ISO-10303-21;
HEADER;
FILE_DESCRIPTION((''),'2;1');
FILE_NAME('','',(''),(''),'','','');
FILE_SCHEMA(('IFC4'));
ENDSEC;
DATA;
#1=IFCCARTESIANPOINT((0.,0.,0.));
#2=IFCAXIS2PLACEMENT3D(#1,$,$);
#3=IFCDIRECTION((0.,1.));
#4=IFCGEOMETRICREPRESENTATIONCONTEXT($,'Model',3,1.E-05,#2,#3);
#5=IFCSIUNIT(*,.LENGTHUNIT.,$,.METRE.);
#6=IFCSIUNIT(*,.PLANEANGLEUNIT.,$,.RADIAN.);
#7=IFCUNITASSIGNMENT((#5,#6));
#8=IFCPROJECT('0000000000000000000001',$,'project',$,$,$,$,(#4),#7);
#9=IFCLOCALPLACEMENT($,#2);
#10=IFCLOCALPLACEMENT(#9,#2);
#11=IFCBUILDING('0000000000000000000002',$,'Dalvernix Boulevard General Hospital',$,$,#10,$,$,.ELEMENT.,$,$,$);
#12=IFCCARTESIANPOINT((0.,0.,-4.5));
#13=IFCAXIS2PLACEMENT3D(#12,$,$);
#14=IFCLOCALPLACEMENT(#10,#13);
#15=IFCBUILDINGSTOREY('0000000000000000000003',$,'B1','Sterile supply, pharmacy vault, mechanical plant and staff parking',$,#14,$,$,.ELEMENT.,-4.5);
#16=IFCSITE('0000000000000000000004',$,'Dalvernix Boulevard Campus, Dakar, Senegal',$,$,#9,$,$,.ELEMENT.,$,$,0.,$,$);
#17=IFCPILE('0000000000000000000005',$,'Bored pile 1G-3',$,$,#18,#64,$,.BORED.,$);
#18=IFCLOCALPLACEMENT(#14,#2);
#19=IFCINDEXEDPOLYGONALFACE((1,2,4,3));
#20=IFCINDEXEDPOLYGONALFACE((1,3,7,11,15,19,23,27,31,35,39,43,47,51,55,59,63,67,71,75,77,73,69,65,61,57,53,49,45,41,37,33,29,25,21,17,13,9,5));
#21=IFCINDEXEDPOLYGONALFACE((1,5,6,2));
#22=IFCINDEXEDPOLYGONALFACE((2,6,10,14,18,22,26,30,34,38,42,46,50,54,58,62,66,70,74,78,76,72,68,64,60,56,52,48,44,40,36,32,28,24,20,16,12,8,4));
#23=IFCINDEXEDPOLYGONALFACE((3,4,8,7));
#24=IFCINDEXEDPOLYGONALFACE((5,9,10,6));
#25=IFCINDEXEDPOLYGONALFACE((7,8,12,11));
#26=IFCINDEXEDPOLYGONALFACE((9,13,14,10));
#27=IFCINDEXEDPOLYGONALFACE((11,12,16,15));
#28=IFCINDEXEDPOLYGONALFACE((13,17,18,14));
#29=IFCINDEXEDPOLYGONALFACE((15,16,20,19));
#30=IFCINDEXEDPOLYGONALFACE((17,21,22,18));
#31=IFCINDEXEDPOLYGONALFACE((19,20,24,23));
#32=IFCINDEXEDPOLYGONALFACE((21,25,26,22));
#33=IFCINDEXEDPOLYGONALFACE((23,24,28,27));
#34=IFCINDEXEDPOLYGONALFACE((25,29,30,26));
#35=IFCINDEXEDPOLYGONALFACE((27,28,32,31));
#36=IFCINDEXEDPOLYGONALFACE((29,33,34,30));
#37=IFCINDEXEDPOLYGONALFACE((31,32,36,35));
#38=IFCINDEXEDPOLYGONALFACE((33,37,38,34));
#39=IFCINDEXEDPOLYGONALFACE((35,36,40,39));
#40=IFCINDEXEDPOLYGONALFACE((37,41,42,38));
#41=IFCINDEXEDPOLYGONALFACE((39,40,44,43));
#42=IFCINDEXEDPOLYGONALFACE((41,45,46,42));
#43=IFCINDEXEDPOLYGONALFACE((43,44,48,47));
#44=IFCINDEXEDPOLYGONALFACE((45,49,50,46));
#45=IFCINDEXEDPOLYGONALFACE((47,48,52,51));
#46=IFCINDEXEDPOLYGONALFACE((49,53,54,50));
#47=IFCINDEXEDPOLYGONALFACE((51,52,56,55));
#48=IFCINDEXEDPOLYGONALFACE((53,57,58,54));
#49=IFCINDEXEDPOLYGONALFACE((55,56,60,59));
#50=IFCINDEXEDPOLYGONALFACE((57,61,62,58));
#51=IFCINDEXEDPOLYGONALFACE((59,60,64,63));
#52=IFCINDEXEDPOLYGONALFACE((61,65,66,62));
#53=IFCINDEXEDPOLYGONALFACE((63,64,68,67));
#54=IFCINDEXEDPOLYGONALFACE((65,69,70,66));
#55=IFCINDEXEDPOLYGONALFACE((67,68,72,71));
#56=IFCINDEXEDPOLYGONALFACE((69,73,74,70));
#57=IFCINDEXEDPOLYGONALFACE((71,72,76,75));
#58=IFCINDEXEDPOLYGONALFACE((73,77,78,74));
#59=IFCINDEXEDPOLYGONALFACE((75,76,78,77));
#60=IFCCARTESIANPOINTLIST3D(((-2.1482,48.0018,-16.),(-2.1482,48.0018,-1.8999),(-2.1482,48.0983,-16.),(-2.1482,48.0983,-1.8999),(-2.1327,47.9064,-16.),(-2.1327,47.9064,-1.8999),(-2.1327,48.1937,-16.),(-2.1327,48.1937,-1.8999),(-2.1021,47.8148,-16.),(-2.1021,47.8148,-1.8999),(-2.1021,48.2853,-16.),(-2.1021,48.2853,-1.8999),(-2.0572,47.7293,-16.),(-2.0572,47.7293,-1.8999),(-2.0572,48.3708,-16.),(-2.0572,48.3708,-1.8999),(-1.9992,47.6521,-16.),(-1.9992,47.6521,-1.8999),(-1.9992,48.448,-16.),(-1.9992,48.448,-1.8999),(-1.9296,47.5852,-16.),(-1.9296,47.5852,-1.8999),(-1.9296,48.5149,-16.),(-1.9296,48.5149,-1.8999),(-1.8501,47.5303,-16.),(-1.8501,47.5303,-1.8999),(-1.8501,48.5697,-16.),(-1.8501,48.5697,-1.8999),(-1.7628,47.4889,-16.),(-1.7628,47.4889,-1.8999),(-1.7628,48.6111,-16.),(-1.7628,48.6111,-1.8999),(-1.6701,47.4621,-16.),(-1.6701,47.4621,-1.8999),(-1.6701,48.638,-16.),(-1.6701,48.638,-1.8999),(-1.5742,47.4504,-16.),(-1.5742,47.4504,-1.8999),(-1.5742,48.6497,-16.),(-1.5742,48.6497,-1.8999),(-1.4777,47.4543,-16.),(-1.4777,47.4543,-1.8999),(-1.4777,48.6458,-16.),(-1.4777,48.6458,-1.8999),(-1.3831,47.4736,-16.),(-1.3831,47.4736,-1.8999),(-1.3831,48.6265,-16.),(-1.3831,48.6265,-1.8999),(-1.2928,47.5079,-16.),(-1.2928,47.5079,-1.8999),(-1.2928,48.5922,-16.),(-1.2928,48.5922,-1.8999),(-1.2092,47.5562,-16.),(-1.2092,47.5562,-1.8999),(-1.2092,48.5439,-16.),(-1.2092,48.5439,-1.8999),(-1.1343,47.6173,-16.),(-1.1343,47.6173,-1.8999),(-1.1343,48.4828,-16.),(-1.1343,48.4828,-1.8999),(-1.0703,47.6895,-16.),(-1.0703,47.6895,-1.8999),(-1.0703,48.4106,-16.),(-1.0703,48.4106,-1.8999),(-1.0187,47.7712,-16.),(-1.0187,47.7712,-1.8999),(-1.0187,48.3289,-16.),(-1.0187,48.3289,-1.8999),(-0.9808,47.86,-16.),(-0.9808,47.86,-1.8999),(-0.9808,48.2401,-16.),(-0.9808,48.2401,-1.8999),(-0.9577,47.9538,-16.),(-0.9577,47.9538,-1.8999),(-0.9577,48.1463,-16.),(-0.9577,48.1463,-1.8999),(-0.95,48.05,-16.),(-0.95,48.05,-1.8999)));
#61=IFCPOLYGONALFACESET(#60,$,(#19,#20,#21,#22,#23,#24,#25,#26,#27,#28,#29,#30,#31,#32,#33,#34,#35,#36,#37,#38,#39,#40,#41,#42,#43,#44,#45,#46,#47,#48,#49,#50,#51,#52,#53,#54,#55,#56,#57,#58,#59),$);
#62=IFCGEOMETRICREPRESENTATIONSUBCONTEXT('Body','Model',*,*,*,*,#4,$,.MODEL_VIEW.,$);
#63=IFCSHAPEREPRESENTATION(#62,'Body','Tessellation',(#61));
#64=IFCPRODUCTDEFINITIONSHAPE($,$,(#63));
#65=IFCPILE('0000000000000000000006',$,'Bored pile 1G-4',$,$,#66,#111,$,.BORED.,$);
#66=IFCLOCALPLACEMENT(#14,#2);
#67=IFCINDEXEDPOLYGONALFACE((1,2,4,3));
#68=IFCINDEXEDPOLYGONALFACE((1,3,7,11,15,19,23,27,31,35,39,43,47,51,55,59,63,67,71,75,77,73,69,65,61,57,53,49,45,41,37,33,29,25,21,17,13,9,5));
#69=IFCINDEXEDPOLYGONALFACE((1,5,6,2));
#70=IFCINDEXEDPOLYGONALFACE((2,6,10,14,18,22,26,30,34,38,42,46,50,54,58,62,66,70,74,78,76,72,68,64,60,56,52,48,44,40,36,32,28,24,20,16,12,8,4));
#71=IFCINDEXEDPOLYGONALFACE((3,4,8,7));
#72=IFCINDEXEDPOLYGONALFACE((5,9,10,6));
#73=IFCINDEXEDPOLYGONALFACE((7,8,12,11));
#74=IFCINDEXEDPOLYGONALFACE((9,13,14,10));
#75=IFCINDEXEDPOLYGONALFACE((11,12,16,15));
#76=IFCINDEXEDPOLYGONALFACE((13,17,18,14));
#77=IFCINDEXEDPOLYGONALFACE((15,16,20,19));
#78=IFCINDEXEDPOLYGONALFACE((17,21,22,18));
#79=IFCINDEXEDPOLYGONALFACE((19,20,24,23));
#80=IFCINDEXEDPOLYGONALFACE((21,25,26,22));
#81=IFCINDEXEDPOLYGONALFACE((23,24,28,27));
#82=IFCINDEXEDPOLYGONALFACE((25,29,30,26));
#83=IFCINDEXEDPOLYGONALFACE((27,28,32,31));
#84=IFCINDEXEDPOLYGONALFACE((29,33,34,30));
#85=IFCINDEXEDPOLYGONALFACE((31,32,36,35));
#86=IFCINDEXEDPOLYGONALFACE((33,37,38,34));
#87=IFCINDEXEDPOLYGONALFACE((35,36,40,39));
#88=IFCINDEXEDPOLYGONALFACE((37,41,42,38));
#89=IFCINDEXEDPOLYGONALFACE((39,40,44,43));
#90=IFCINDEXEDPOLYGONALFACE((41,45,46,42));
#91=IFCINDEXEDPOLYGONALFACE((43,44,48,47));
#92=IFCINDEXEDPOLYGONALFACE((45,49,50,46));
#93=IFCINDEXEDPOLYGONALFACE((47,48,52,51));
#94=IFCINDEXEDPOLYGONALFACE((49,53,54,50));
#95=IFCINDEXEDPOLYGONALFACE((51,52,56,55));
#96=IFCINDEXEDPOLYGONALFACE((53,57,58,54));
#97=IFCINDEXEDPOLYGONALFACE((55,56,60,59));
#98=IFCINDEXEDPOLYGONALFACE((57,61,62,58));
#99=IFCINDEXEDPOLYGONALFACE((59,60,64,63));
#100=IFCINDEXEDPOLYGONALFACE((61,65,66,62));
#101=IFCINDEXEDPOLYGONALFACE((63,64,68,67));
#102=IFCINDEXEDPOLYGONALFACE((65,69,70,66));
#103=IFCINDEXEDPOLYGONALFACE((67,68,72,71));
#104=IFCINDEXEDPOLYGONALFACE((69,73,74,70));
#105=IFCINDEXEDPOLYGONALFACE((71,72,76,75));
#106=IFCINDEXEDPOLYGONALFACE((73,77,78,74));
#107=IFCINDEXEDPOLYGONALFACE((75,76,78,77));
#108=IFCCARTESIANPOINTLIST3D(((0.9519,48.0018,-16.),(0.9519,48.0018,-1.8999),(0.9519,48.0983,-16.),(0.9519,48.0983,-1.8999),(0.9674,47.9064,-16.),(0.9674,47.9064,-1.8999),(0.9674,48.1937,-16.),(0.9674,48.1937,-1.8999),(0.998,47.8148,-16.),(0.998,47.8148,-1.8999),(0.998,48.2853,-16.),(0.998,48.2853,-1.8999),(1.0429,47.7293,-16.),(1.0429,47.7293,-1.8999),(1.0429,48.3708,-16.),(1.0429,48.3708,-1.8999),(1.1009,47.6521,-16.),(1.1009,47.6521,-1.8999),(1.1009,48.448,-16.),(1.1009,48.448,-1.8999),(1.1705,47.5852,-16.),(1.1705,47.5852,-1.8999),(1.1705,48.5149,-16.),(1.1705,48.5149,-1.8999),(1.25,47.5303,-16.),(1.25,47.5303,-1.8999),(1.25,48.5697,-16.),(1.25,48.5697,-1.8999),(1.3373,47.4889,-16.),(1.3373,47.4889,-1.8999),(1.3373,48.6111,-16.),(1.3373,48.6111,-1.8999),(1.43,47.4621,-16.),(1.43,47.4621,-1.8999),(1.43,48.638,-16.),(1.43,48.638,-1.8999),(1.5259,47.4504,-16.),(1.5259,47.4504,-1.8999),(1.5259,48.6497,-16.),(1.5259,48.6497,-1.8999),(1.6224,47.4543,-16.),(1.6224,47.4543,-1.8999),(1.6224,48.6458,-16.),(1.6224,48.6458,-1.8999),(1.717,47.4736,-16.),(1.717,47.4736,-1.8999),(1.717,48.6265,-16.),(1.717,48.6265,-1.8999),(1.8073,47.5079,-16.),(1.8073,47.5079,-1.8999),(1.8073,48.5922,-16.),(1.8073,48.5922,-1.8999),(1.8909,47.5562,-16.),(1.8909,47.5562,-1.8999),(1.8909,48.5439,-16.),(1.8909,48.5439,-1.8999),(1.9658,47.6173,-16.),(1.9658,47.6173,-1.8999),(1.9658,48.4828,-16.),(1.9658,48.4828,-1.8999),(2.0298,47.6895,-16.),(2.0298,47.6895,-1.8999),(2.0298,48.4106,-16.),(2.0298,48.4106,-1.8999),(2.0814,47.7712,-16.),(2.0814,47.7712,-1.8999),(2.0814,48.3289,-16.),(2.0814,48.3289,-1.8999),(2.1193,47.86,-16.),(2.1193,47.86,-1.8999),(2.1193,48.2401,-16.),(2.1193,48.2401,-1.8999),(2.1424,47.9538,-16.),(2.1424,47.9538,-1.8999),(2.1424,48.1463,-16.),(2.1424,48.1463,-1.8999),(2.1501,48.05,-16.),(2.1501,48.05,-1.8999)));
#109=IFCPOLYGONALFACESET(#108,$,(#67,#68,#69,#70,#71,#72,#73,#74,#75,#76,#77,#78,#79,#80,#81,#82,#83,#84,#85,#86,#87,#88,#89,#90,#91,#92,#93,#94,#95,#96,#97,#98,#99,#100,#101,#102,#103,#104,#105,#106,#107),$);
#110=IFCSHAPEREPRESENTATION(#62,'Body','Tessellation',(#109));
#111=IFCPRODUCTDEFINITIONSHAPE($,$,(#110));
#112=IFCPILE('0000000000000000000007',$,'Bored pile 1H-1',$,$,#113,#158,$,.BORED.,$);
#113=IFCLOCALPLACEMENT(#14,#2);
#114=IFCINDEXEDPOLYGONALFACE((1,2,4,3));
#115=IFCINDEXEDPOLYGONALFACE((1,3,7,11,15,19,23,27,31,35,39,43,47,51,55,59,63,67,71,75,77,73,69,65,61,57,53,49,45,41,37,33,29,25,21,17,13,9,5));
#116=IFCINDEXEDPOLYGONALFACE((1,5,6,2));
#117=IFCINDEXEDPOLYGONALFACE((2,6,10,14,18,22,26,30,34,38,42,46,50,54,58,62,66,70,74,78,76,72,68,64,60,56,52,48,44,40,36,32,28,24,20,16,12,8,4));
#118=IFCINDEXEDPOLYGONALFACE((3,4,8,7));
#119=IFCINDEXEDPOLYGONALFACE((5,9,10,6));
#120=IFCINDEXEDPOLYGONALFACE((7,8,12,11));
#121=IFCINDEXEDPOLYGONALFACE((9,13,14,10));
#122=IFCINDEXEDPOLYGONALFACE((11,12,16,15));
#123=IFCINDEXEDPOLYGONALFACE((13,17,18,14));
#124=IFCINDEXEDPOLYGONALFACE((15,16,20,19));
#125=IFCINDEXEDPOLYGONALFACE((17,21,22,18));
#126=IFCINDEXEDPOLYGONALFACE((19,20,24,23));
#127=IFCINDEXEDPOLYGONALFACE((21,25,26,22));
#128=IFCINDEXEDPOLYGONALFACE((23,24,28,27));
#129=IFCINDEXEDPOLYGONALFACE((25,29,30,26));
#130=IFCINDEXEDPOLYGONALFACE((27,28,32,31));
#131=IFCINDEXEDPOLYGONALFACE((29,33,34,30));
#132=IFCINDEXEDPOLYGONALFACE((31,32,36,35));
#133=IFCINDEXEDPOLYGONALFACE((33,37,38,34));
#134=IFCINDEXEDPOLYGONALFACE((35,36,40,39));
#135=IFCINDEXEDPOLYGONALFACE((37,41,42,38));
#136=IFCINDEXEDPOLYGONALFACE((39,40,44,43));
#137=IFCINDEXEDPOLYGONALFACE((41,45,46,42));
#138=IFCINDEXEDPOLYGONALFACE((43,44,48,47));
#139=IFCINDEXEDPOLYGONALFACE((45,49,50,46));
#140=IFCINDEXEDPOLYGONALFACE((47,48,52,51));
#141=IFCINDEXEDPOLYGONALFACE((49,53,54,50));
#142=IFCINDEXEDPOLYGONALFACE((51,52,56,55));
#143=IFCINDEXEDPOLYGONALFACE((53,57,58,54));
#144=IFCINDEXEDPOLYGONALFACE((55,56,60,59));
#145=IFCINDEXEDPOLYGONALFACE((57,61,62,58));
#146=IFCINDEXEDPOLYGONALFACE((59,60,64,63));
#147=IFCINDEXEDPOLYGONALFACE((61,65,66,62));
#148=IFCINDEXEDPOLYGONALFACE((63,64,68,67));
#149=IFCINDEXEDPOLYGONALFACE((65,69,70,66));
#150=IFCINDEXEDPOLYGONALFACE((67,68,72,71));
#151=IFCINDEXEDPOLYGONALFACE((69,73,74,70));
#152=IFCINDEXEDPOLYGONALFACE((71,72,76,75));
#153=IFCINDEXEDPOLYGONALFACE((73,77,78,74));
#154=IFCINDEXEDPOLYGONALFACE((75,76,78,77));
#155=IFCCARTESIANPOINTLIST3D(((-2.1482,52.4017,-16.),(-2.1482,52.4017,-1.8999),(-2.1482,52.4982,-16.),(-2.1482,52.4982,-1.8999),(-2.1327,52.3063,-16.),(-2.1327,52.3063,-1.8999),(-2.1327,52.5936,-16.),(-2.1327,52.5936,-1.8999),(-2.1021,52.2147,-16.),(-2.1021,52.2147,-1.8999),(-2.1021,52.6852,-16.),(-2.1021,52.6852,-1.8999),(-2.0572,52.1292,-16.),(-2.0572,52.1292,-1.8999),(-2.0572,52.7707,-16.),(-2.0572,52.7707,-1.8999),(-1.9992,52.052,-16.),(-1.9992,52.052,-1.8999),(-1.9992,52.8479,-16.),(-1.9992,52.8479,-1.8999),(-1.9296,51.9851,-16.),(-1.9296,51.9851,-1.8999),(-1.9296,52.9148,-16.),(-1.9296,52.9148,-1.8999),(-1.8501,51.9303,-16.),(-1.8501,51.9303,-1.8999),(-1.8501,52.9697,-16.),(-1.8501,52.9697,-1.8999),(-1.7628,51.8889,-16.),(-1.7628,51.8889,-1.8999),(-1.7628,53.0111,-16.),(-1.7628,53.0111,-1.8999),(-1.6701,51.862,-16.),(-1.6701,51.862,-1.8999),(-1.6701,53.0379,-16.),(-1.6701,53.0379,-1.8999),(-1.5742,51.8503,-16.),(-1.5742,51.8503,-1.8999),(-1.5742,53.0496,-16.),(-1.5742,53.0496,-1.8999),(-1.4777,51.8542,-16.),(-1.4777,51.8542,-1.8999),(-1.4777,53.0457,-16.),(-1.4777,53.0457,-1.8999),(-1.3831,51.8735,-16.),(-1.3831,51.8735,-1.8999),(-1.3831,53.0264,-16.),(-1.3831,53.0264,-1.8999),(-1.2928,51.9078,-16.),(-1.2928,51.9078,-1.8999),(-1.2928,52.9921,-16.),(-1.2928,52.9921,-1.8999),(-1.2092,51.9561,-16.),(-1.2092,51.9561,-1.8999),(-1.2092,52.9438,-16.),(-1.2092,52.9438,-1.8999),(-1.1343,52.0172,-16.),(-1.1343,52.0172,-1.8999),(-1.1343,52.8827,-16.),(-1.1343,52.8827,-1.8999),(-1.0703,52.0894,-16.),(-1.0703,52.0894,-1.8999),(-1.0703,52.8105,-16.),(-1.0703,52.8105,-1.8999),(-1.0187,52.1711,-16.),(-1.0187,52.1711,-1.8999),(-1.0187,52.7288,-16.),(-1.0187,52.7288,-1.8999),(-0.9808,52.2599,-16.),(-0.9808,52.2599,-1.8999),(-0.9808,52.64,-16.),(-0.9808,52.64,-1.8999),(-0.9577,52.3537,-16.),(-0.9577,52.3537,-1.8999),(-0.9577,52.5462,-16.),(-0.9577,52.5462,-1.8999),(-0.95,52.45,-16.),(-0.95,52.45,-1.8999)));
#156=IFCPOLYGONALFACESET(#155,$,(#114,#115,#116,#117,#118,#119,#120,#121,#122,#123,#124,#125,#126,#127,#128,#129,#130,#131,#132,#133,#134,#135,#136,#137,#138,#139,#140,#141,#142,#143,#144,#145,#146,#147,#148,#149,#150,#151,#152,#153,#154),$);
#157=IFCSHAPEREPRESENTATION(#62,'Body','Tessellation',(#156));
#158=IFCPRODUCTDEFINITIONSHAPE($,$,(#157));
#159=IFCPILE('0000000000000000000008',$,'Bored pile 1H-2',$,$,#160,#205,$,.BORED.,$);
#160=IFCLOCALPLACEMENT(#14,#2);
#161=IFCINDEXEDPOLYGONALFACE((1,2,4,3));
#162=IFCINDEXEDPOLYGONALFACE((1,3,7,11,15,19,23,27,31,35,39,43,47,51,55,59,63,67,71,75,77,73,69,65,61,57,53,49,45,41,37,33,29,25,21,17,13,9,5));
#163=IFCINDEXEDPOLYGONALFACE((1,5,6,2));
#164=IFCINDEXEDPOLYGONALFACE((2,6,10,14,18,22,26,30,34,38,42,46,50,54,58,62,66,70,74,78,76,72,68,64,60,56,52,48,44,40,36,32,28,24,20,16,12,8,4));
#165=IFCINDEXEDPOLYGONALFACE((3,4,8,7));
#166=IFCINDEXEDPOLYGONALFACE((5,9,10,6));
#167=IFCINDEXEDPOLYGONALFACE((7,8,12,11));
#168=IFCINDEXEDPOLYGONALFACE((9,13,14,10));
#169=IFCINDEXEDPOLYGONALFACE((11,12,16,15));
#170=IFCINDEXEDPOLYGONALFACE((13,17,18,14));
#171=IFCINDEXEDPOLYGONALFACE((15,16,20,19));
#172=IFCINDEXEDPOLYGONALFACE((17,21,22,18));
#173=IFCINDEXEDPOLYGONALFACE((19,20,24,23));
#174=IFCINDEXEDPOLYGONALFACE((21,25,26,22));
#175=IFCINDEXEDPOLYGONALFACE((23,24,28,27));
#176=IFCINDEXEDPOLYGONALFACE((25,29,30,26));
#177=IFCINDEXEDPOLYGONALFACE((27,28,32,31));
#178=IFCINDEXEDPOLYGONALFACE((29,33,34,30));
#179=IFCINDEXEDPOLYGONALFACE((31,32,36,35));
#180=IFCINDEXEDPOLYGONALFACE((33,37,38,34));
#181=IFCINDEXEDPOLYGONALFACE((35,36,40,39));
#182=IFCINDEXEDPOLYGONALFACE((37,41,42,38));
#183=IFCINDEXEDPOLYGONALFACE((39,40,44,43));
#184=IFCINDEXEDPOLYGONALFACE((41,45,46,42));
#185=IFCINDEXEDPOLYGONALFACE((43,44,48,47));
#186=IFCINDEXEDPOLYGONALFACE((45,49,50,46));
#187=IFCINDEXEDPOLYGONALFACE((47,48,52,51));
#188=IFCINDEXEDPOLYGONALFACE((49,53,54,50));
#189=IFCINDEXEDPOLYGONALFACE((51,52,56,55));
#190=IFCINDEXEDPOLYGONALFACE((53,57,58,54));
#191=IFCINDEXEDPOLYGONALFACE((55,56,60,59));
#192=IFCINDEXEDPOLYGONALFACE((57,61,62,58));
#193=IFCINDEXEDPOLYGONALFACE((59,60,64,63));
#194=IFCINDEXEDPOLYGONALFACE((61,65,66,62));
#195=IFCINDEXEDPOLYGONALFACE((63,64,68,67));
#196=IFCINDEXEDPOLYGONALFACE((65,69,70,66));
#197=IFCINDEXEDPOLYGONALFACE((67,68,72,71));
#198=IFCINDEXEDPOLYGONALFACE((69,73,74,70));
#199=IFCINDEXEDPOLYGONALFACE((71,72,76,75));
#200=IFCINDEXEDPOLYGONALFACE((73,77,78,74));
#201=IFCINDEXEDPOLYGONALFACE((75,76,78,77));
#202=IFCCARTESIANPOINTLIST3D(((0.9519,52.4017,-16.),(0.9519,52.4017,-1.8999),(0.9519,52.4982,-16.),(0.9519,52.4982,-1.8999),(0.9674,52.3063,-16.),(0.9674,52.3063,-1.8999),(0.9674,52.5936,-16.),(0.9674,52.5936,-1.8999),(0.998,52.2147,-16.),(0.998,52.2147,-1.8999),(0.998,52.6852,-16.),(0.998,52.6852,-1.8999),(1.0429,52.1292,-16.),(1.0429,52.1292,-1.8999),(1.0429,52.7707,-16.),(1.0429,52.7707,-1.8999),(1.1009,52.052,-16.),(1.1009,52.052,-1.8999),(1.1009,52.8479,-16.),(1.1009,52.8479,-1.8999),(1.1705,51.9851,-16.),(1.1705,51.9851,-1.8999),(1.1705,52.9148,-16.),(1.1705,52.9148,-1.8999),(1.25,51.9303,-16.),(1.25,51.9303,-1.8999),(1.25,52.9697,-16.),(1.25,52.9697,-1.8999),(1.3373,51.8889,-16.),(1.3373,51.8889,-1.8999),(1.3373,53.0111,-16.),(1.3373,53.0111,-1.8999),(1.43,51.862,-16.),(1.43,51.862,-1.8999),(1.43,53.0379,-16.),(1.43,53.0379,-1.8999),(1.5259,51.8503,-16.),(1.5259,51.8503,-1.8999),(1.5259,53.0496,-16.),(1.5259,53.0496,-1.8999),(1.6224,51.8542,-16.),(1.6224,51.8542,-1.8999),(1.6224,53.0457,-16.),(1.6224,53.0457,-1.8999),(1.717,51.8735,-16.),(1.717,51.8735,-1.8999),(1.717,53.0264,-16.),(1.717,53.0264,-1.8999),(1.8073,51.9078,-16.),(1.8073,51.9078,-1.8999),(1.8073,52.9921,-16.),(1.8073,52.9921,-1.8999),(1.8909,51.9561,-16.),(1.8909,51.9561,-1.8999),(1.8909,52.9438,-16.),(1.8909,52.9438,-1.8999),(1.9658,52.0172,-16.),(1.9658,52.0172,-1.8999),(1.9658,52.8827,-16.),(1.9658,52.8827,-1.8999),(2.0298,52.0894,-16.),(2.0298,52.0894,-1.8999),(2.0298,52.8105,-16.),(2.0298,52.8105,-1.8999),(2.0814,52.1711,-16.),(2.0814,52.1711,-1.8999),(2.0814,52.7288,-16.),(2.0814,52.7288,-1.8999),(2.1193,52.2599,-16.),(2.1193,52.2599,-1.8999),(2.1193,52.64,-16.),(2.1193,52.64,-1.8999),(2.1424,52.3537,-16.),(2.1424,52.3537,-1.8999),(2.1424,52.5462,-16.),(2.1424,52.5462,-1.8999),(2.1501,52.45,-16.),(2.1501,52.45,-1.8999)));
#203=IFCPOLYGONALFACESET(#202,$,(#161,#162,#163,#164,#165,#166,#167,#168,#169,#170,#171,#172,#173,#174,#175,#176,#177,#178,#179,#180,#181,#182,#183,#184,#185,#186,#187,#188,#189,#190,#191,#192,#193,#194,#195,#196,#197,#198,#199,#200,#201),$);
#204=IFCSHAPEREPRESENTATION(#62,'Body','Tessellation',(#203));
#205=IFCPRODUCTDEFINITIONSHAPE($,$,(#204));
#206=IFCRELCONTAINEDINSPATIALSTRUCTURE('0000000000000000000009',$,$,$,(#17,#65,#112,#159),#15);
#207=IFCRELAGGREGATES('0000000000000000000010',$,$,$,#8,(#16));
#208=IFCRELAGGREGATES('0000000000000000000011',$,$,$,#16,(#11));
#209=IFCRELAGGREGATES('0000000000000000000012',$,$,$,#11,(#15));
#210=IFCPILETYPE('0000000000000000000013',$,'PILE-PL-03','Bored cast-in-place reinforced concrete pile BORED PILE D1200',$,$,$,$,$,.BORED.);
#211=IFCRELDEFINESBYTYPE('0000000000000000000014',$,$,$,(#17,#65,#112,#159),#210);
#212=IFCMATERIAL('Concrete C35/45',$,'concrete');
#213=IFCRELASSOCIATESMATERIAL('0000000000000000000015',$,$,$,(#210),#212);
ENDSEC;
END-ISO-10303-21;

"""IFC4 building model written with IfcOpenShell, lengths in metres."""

from ifc_helpers import new_model, si_unit, direction, frame, origin, origin_2d, place, context, subcontext, project, spatial, circle, extrude, material, material_profile, profile_set, type_object, element, save


model = new_model("IFC4")

# Units and contexts
model_context = context("Model", 3, precision=1e-05, world=origin(), true_north=direction((0.0, 1.0)))
body_context = subcontext(model_context, "Body", "Model", "MODEL_VIEW")
ifc_project = project(units=[si_unit("LENGTHUNIT", "METRE"), si_unit("PLANEANGLEUNIT", "RADIAN")], contexts=[model_context])

# Site, building, storey
site_placement = place(None, origin())
site = spatial("IfcSite", under=ifc_project, at=site_placement, Name="Dalvernix Boulevard Campus, Dakar, Senegal", CompositionType="ELEMENT", RefElevation=0.0)
building_placement = place(site_placement, origin())
building = spatial("IfcBuilding", under=site, at=building_placement, Name="Dalvernix Boulevard General Hospital", CompositionType="ELEMENT")
storey_placement = place(building_placement, frame((0.0, 0.0, -4.5)))
storey = spatial("IfcBuildingStorey", under=building, at=storey_placement, Name="B1", Description="Sterile supply, pharmacy vault, mechanical plant and staff parking", CompositionType="ELEMENT", Elevation=-4.5)

# Shared definitions
ifc_material_1 = material(Name="Concrete C35/45", Category="concrete")

# Piles
ifc_material_profile_1 = material_profile(ifc_material_1, circle(Radius=0.6001, at=origin_2d()), Name="BORED PILE D1200")
ifc_profile_set_1 = profile_set([ifc_material_profile_1], Name="Concrete C35/45")
pile_type = type_object("IfcPileType", Name="PILE-PL-03", Description="Bored cast-in-place reinforced concrete pile BORED PILE D1200", PredefinedType="BORED", material=ifc_profile_set_1)
for number, where, z_axis, x_axis, name in (
    (1, (-1.55, 48.05, -1.8999), (0.0, 0.0, -1.0), (1.0, 0.0, 0.0), "Bored pile 1G-3"),
    (2, (1.55, 48.05, -1.8999), (0.0, 0.0, -1.0), (1.0, 0.0, 0.0), "Bored pile 1G-4"),
    (3, (-1.55, 52.45, -1.8999), (0.0, 0.0, -1.0), (1.0, 0.0, 0.0), "Bored pile 1H-1"),
    (4, (1.55, 52.45, -1.8999), (0.0, 0.0, -1.0), (1.0, 0.0, 0.0), "Bored pile 1H-2"),
):
    element("IfcPile", number, at=place(storey_placement, frame(where, z_axis=z_axis, x_axis=x_axis)), inside=storey, type_object=pile_type, Name=name, PredefinedType="BORED", context=body_context, shape_type="SweptSolid", body=[
        extrude(circle(Radius=0.6001, at=origin_2d()), origin(), (0.0, 0.0, 1.0), 14.1001),
    ])

save(model, "model.ifc")
